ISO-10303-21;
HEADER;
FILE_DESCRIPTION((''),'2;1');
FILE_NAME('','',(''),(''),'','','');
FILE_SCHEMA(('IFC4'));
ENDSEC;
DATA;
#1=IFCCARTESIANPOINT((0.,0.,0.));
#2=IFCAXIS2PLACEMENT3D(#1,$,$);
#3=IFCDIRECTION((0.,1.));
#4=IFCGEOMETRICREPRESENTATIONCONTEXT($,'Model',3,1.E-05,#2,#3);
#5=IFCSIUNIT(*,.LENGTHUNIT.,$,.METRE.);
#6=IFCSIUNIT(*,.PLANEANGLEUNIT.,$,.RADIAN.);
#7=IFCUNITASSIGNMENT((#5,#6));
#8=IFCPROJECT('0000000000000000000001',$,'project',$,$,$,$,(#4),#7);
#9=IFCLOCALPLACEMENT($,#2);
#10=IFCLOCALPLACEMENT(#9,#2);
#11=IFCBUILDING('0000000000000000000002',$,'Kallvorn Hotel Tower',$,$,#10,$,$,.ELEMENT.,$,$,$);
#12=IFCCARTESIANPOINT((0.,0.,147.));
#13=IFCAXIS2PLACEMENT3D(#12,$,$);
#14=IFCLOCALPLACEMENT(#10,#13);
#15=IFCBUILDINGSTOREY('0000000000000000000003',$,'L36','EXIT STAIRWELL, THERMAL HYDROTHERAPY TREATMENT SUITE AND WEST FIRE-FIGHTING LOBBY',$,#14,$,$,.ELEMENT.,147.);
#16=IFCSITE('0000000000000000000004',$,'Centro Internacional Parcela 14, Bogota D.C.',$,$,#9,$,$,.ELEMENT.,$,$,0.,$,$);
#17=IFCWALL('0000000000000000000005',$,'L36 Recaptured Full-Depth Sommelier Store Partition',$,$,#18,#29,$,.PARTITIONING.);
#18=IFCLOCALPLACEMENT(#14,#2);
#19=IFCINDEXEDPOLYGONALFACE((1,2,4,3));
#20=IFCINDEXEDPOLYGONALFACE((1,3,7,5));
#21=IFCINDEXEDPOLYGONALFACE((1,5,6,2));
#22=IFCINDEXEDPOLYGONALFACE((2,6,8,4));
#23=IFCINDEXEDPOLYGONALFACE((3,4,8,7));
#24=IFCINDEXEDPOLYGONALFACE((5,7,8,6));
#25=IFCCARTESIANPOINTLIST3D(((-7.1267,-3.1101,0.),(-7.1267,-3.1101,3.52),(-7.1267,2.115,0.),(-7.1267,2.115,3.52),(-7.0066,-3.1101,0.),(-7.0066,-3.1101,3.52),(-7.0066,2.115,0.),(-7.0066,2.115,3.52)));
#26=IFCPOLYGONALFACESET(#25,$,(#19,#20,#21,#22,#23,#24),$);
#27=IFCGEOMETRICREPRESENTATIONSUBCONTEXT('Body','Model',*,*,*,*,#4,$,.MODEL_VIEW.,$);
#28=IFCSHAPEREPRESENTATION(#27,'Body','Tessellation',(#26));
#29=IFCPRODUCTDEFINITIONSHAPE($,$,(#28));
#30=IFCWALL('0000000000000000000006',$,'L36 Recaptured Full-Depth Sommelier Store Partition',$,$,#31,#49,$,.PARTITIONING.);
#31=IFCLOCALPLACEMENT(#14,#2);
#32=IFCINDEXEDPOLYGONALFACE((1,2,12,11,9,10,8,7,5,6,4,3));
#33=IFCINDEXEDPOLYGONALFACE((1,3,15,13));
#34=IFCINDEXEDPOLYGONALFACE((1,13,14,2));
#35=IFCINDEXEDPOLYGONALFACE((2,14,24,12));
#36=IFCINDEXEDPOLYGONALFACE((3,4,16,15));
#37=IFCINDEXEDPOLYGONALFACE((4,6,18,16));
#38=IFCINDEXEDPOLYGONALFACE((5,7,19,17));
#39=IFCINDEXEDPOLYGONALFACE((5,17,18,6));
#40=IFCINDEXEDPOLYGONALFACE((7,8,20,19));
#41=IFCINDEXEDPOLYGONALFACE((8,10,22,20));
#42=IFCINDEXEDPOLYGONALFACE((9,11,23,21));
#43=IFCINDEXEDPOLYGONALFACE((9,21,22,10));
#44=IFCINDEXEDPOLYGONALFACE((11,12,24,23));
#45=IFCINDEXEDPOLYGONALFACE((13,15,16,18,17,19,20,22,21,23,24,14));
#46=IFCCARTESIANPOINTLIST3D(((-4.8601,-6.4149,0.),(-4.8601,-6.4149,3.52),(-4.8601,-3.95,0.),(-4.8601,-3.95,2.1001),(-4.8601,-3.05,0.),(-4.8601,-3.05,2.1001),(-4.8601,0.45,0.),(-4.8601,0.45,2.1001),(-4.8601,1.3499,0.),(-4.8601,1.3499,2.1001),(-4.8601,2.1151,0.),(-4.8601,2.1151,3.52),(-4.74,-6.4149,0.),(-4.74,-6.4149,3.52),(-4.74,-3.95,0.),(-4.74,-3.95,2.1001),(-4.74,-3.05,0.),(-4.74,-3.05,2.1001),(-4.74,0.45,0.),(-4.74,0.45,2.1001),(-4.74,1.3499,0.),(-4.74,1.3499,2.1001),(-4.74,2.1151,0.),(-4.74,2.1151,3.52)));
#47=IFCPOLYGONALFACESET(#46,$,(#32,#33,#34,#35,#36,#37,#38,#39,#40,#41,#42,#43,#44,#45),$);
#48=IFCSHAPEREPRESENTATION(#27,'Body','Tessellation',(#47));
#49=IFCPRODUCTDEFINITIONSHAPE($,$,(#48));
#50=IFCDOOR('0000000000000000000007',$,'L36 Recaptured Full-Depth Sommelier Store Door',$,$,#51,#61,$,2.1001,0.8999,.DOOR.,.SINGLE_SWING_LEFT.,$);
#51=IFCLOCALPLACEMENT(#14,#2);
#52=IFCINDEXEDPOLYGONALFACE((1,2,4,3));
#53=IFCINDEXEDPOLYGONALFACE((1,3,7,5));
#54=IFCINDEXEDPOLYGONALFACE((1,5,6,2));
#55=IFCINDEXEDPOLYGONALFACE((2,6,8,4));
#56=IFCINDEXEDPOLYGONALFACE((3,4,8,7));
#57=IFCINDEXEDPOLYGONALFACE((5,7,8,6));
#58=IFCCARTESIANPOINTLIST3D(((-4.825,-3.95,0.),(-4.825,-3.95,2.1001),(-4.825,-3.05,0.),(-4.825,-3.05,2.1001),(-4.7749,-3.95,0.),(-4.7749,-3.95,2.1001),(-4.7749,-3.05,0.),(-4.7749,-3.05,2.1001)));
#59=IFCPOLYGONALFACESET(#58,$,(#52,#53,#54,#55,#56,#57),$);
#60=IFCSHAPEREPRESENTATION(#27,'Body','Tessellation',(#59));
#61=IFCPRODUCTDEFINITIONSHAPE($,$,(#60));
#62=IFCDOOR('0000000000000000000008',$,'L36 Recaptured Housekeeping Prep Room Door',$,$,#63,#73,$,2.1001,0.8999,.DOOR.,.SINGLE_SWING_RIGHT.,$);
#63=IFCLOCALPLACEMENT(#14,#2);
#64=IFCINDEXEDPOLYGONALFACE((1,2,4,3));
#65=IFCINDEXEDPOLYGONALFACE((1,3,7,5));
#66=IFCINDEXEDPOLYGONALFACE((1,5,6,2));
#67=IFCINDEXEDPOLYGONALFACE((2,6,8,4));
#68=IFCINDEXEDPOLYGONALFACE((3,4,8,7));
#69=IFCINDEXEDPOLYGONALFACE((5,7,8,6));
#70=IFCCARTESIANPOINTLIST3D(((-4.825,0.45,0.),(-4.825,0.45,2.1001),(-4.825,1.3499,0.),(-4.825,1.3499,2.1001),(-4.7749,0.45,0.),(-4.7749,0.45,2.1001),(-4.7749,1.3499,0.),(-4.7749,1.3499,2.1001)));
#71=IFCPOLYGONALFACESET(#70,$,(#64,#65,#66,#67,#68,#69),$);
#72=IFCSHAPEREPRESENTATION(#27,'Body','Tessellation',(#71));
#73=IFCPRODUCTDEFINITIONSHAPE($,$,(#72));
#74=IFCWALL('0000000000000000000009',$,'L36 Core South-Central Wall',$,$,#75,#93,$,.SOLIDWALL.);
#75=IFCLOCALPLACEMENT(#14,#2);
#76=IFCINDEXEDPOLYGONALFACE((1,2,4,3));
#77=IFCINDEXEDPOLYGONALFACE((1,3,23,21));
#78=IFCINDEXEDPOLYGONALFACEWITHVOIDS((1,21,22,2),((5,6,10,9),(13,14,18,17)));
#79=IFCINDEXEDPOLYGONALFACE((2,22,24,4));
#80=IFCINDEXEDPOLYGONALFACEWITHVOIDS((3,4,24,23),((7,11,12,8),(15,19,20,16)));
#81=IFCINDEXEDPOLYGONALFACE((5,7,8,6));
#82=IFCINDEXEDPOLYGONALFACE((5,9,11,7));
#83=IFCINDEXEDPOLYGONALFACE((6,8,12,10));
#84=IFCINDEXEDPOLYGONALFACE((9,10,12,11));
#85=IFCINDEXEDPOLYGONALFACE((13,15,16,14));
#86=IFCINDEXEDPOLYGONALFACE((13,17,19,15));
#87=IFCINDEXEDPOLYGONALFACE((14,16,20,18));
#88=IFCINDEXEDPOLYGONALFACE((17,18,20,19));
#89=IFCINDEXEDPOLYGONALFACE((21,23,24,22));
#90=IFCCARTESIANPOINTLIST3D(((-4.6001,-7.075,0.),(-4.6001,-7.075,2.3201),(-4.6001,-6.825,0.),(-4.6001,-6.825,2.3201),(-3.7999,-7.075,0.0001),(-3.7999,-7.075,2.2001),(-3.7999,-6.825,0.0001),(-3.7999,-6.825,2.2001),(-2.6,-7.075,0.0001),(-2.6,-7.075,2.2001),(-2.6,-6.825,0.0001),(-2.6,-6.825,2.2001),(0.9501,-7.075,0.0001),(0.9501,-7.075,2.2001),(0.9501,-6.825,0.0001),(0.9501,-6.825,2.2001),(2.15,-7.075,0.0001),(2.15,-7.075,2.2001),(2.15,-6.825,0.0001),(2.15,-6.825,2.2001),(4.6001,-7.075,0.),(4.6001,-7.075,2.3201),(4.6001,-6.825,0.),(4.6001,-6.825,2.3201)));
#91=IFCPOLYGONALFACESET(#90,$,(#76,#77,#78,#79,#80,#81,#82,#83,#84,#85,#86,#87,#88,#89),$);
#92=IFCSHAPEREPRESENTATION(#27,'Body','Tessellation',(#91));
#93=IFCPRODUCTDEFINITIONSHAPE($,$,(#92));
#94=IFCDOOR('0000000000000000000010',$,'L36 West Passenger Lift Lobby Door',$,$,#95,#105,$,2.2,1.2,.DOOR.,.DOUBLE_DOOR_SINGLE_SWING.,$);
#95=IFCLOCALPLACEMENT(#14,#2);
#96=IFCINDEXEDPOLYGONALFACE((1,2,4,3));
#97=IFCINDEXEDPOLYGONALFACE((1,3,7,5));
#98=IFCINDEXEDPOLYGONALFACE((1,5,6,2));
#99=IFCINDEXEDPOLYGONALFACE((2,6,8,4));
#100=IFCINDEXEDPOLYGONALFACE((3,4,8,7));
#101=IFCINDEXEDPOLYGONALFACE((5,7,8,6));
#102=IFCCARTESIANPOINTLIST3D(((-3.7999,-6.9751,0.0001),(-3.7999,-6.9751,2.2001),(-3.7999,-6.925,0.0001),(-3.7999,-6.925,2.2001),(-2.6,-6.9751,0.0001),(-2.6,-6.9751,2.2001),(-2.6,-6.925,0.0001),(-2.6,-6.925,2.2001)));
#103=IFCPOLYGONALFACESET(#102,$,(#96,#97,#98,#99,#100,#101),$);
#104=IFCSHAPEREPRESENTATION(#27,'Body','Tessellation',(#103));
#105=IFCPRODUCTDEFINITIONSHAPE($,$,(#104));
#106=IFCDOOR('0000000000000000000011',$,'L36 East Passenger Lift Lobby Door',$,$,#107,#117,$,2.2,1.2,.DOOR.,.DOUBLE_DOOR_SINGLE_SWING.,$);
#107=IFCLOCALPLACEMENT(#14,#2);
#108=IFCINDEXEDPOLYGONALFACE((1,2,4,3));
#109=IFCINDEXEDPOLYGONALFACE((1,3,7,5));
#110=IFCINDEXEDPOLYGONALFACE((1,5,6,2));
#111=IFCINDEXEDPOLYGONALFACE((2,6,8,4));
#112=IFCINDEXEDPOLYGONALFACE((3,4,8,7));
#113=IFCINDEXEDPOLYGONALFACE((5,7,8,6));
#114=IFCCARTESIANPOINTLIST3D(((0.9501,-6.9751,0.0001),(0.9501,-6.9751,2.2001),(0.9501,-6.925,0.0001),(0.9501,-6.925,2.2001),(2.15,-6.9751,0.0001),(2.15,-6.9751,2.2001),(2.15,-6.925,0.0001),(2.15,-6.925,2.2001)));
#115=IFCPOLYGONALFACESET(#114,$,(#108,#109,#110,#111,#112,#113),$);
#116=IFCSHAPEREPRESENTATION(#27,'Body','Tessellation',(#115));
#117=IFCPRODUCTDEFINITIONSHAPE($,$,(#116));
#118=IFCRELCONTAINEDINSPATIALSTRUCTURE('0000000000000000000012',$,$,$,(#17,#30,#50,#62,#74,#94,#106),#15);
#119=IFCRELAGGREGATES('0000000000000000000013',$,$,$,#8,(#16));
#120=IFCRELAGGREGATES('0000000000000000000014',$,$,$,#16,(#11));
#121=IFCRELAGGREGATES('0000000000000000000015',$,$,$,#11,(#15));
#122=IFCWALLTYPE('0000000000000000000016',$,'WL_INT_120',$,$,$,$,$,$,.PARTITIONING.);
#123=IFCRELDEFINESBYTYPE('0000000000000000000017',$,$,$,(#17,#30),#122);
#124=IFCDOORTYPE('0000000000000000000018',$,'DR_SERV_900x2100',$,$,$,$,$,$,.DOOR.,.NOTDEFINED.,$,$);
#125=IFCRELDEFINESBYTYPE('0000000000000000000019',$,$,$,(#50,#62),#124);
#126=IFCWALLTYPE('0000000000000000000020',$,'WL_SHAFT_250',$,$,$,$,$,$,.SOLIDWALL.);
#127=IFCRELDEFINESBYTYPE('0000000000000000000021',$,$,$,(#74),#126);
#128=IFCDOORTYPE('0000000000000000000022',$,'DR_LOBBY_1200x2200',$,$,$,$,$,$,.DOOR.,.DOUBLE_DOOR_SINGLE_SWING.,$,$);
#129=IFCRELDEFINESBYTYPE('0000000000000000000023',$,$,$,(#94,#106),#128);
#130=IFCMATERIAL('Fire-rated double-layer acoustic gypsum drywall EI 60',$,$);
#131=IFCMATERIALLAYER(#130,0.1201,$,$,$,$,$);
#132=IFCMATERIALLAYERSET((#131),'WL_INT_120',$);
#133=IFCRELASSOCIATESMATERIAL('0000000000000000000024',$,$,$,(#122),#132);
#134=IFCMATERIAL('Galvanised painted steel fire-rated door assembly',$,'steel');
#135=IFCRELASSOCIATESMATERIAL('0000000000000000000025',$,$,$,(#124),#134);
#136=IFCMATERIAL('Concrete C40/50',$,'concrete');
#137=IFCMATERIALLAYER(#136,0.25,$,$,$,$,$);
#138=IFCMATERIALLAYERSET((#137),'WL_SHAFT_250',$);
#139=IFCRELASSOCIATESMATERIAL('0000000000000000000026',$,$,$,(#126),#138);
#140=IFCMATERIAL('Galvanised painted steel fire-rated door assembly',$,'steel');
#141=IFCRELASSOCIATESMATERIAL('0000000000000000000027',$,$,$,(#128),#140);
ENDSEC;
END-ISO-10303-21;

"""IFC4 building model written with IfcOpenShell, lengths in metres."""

from ifc_helpers import new_model, si_unit, direction, frame, frame_2d, origin, place, context, subcontext, project, spatial, rectangle, extrude, material, layer, layer_set, type_object, element, fill, save


model = new_model("IFC4")

# Units and contexts
model_context = context("Model", 3, precision=1e-05, world=origin(), true_north=direction((0.0, 1.0)))
body_context = subcontext(model_context, "Body", "Model", "MODEL_VIEW")
ifc_project = project(units=[si_unit("LENGTHUNIT", "METRE"), si_unit("PLANEANGLEUNIT", "RADIAN")], contexts=[model_context])

# Site, building, storey
site_placement = place(None, origin())
site = spatial("IfcSite", under=ifc_project, at=site_placement, Name="Centro Internacional Parcela 14, Bogota D.C.", CompositionType="ELEMENT", RefElevation=0.0)
building_placement = place(site_placement, origin())
building = spatial("IfcBuilding", under=site, at=building_placement, Name="Kallvorn Hotel Tower", CompositionType="ELEMENT")
storey_placement = place(building_placement, frame((0.0, 0.0, 147.0)))
storey = spatial("IfcBuildingStorey", under=building, at=storey_placement, Name="L36", Description="EXIT STAIRWELL, THERMAL HYDROTHERAPY TREATMENT SUITE AND WEST FIRE-FIGHTING LOBBY", CompositionType="ELEMENT", Elevation=147.0)

# Wall
ifc_material_1 = material(Name="Fire-rated double-layer acoustic gypsum drywall EI 60")
ifc_layer_1 = layer(ifc_material_1, 0.1201)
ifc_layer_set_1 = layer_set([ifc_layer_1], Name="WL_INT_120")
wall_type_1 = type_object("IfcWallType", Name="WL_INT_120", PredefinedType="PARTITIONING", material=ifc_layer_set_1)
wall_1_placement = place(storey_placement, frame((-7.0667, -3.1101, 0.0), z_axis=(0.0, 0.0, 1.0), x_axis=(0.0, 1.0, 0.0)))
element("IfcWall", 1, at=wall_1_placement, inside=storey, type_object=wall_type_1, Name="L36 Recaptured Full-Depth Sommelier Store Partition", PredefinedType="PARTITIONING", context=body_context, shape_type="SweptSolid", body=[
    extrude(rectangle(XDim=5.2251, YDim=0.1201, at=frame_2d((2.6125, 0.0))), origin(), (0.0, 0.0, 1.0), 3.52),
])

# Walls, openings, doors
wall_2_placement = place(storey_placement, frame((-4.8, -6.415, 0.0), z_axis=(0.0, 0.0, 1.0), x_axis=(0.0, 1.0, 0.0)))
wall_2 = element("IfcWall", 2, at=wall_2_placement, inside=storey, type_object=wall_type_1, Name="L36 Recaptured Full-Depth Sommelier Store Partition", PredefinedType="PARTITIONING", context=body_context, shape_type="SweptSolid", body=[
    extrude(rectangle(XDim=8.53, YDim=0.1201, at=frame_2d((4.2651, 0.0))), origin(), (0.0, 0.0, 1.0), 3.52),
])
opening_1_placement = place(wall_2_placement, frame((2.4651, 0.0, 0.0)))
opening_1 = element("IfcOpeningElement", 3, at=opening_1_placement, cuts=wall_2, PredefinedType="OPENING", context=body_context, shape_type="SweptSolid", body=[
    extrude(rectangle(XDim=0.8999, YDim=2.1001, at=frame_2d((0.45, 1.05))), frame((0.0, 0.075, 0.0), z_axis=(0.0, -1.0, 0.0), x_axis=(1.0, 0.0, 0.0)), (0.0, 0.0, 1.0), 0.1501),
])
opening_2_placement = place(wall_2_placement, frame((6.865, 0.0, 0.0)))
opening_2 = element("IfcOpeningElement", 4, at=opening_2_placement, cuts=wall_2, PredefinedType="OPENING", context=body_context, shape_type="SweptSolid", body=[
    extrude(rectangle(XDim=0.8999, YDim=2.1001, at=frame_2d((0.45, 1.05))), frame((0.0, 0.075, 0.0), z_axis=(0.0, -1.0, 0.0), x_axis=(1.0, 0.0, 0.0)), (0.0, 0.0, 1.0), 0.1501),
])
ifc_material_2 = material(Name="Galvanised painted steel fire-rated door assembly", Category="steel")
door_type_1 = type_object("IfcDoorType", Name="DR_SERV_900x2100", OperationType="NOTDEFINED", PredefinedType="DOOR", material=ifc_material_2)
door_1_placement = place(opening_1_placement, origin())
door_1 = element("IfcDoor", 5, at=door_1_placement, inside=storey, type_object=door_type_1, Name="L36 Recaptured Full-Depth Sommelier Store Door", OperationType="SINGLE_SWING_LEFT", OverallHeight=2.1001, OverallWidth=0.8999, PredefinedType="DOOR", context=body_context, shape_type="SweptSolid", body=[
    extrude(rectangle(XDim=0.8999, YDim=2.1001, at=frame_2d((0.45, 1.05))), frame((0.0, 0.0249, 0.0), z_axis=(0.0, -1.0, 0.0), x_axis=(1.0, 0.0, 0.0)), (0.0, 0.0, 1.0), 0.05),
])
fill(opening_1, door_1)
door_2_placement = place(opening_2_placement, origin())
door_2 = element("IfcDoor", 6, at=door_2_placement, inside=storey, type_object=door_type_1, Name="L36 Recaptured Housekeeping Prep Room Door", OperationType="SINGLE_SWING_RIGHT", OverallHeight=2.1001, OverallWidth=0.8999, PredefinedType="DOOR", context=body_context, shape_type="SweptSolid", body=[
    extrude(rectangle(XDim=0.8999, YDim=2.1001, at=frame_2d((0.45, 1.05))), frame((0.0, 0.0249, 0.0), z_axis=(0.0, -1.0, 0.0), x_axis=(1.0, 0.0, 0.0)), (0.0, 0.0, 1.0), 0.05),
])
fill(opening_2, door_2)
ifc_material_3 = material(Name="Concrete C40/50", Category="concrete")
ifc_layer_2 = layer(ifc_material_3, 0.25)
ifc_layer_set_2 = layer_set([ifc_layer_2], Name="WL_SHAFT_250")
wall_type_2 = type_object("IfcWallType", Name="WL_SHAFT_250", PredefinedType="SOLIDWALL", material=ifc_layer_set_2)
wall_3_placement = place(storey_placement, frame((-4.6001, -6.95, 0.0), z_axis=(0.0, 0.0, 1.0), x_axis=(1.0, 0.0, 0.0)))
wall_3 = element("IfcWall", 7, at=wall_3_placement, inside=storey, type_object=wall_type_2, Name="L36 Core South-Central Wall", PredefinedType="SOLIDWALL", context=body_context, shape_type="SweptSolid", body=[
    extrude(rectangle(XDim=9.2002, YDim=0.25, at=frame_2d((4.6001, 0.0))), origin(), (0.0, 0.0, 1.0), 2.3201),
])
opening_3_placement = place(wall_3_placement, frame((0.8, 0.0, 0.0)))
opening_3 = element("IfcOpeningElement", 8, at=opening_3_placement, cuts=wall_3, PredefinedType="OPENING", context=body_context, shape_type="SweptSolid", body=[
    extrude(rectangle(XDim=1.2, YDim=2.2, at=frame_2d((0.6001, 1.1001))), frame((0.0, 0.1399, 0.0), z_axis=(0.0, -1.0, 0.0), x_axis=(1.0, 0.0, 0.0)), (0.0, 0.0, 1.0), 0.28),
])
opening_4_placement = place(wall_3_placement, frame((5.55, 0.0, 0.0)))
opening_4 = element("IfcOpeningElement", 9, at=opening_4_placement, cuts=wall_3, PredefinedType="OPENING", context=body_context, shape_type="SweptSolid", body=[
    extrude(rectangle(XDim=1.2, YDim=2.2, at=frame_2d((0.6001, 1.1001))), frame((0.0, 0.1399, 0.0), z_axis=(0.0, -1.0, 0.0), x_axis=(1.0, 0.0, 0.0)), (0.0, 0.0, 1.0), 0.28),
])
ifc_material_4 = material(Name="Galvanised painted steel fire-rated door assembly", Category="steel")
door_type_2 = type_object("IfcDoorType", Name="DR_LOBBY_1200x2200", OperationType="DOUBLE_DOOR_SINGLE_SWING", PredefinedType="DOOR", material=ifc_material_4)
door_3_placement = place(opening_3_placement, origin())
door_3 = element("IfcDoor", 10, at=door_3_placement, inside=storey, type_object=door_type_2, Name="L36 West Passenger Lift Lobby Door", OperationType="DOUBLE_DOOR_SINGLE_SWING", OverallHeight=2.2, OverallWidth=1.2, PredefinedType="DOOR", context=body_context, shape_type="SweptSolid", body=[
    extrude(rectangle(XDim=1.2, YDim=2.2, at=frame_2d((0.6001, 1.1001))), frame((0.0, 0.0249, 0.0), z_axis=(0.0, -1.0, 0.0), x_axis=(1.0, 0.0, 0.0)), (0.0, 0.0, 1.0), 0.05),
])
fill(opening_3, door_3)
door_4_placement = place(opening_4_placement, origin())
door_4 = element("IfcDoor", 11, at=door_4_placement, inside=storey, type_object=door_type_2, Name="L36 East Passenger Lift Lobby Door", OperationType="DOUBLE_DOOR_SINGLE_SWING", OverallHeight=2.2, OverallWidth=1.2, PredefinedType="DOOR", context=body_context, shape_type="SweptSolid", body=[
    extrude(rectangle(XDim=1.2, YDim=2.2, at=frame_2d((0.6001, 1.1001))), frame((0.0, 0.0249, 0.0), z_axis=(0.0, -1.0, 0.0), x_axis=(1.0, 0.0, 0.0)), (0.0, 0.0, 1.0), 0.05),
])
fill(opening_4, door_4)

save(model, "model.ifc")
